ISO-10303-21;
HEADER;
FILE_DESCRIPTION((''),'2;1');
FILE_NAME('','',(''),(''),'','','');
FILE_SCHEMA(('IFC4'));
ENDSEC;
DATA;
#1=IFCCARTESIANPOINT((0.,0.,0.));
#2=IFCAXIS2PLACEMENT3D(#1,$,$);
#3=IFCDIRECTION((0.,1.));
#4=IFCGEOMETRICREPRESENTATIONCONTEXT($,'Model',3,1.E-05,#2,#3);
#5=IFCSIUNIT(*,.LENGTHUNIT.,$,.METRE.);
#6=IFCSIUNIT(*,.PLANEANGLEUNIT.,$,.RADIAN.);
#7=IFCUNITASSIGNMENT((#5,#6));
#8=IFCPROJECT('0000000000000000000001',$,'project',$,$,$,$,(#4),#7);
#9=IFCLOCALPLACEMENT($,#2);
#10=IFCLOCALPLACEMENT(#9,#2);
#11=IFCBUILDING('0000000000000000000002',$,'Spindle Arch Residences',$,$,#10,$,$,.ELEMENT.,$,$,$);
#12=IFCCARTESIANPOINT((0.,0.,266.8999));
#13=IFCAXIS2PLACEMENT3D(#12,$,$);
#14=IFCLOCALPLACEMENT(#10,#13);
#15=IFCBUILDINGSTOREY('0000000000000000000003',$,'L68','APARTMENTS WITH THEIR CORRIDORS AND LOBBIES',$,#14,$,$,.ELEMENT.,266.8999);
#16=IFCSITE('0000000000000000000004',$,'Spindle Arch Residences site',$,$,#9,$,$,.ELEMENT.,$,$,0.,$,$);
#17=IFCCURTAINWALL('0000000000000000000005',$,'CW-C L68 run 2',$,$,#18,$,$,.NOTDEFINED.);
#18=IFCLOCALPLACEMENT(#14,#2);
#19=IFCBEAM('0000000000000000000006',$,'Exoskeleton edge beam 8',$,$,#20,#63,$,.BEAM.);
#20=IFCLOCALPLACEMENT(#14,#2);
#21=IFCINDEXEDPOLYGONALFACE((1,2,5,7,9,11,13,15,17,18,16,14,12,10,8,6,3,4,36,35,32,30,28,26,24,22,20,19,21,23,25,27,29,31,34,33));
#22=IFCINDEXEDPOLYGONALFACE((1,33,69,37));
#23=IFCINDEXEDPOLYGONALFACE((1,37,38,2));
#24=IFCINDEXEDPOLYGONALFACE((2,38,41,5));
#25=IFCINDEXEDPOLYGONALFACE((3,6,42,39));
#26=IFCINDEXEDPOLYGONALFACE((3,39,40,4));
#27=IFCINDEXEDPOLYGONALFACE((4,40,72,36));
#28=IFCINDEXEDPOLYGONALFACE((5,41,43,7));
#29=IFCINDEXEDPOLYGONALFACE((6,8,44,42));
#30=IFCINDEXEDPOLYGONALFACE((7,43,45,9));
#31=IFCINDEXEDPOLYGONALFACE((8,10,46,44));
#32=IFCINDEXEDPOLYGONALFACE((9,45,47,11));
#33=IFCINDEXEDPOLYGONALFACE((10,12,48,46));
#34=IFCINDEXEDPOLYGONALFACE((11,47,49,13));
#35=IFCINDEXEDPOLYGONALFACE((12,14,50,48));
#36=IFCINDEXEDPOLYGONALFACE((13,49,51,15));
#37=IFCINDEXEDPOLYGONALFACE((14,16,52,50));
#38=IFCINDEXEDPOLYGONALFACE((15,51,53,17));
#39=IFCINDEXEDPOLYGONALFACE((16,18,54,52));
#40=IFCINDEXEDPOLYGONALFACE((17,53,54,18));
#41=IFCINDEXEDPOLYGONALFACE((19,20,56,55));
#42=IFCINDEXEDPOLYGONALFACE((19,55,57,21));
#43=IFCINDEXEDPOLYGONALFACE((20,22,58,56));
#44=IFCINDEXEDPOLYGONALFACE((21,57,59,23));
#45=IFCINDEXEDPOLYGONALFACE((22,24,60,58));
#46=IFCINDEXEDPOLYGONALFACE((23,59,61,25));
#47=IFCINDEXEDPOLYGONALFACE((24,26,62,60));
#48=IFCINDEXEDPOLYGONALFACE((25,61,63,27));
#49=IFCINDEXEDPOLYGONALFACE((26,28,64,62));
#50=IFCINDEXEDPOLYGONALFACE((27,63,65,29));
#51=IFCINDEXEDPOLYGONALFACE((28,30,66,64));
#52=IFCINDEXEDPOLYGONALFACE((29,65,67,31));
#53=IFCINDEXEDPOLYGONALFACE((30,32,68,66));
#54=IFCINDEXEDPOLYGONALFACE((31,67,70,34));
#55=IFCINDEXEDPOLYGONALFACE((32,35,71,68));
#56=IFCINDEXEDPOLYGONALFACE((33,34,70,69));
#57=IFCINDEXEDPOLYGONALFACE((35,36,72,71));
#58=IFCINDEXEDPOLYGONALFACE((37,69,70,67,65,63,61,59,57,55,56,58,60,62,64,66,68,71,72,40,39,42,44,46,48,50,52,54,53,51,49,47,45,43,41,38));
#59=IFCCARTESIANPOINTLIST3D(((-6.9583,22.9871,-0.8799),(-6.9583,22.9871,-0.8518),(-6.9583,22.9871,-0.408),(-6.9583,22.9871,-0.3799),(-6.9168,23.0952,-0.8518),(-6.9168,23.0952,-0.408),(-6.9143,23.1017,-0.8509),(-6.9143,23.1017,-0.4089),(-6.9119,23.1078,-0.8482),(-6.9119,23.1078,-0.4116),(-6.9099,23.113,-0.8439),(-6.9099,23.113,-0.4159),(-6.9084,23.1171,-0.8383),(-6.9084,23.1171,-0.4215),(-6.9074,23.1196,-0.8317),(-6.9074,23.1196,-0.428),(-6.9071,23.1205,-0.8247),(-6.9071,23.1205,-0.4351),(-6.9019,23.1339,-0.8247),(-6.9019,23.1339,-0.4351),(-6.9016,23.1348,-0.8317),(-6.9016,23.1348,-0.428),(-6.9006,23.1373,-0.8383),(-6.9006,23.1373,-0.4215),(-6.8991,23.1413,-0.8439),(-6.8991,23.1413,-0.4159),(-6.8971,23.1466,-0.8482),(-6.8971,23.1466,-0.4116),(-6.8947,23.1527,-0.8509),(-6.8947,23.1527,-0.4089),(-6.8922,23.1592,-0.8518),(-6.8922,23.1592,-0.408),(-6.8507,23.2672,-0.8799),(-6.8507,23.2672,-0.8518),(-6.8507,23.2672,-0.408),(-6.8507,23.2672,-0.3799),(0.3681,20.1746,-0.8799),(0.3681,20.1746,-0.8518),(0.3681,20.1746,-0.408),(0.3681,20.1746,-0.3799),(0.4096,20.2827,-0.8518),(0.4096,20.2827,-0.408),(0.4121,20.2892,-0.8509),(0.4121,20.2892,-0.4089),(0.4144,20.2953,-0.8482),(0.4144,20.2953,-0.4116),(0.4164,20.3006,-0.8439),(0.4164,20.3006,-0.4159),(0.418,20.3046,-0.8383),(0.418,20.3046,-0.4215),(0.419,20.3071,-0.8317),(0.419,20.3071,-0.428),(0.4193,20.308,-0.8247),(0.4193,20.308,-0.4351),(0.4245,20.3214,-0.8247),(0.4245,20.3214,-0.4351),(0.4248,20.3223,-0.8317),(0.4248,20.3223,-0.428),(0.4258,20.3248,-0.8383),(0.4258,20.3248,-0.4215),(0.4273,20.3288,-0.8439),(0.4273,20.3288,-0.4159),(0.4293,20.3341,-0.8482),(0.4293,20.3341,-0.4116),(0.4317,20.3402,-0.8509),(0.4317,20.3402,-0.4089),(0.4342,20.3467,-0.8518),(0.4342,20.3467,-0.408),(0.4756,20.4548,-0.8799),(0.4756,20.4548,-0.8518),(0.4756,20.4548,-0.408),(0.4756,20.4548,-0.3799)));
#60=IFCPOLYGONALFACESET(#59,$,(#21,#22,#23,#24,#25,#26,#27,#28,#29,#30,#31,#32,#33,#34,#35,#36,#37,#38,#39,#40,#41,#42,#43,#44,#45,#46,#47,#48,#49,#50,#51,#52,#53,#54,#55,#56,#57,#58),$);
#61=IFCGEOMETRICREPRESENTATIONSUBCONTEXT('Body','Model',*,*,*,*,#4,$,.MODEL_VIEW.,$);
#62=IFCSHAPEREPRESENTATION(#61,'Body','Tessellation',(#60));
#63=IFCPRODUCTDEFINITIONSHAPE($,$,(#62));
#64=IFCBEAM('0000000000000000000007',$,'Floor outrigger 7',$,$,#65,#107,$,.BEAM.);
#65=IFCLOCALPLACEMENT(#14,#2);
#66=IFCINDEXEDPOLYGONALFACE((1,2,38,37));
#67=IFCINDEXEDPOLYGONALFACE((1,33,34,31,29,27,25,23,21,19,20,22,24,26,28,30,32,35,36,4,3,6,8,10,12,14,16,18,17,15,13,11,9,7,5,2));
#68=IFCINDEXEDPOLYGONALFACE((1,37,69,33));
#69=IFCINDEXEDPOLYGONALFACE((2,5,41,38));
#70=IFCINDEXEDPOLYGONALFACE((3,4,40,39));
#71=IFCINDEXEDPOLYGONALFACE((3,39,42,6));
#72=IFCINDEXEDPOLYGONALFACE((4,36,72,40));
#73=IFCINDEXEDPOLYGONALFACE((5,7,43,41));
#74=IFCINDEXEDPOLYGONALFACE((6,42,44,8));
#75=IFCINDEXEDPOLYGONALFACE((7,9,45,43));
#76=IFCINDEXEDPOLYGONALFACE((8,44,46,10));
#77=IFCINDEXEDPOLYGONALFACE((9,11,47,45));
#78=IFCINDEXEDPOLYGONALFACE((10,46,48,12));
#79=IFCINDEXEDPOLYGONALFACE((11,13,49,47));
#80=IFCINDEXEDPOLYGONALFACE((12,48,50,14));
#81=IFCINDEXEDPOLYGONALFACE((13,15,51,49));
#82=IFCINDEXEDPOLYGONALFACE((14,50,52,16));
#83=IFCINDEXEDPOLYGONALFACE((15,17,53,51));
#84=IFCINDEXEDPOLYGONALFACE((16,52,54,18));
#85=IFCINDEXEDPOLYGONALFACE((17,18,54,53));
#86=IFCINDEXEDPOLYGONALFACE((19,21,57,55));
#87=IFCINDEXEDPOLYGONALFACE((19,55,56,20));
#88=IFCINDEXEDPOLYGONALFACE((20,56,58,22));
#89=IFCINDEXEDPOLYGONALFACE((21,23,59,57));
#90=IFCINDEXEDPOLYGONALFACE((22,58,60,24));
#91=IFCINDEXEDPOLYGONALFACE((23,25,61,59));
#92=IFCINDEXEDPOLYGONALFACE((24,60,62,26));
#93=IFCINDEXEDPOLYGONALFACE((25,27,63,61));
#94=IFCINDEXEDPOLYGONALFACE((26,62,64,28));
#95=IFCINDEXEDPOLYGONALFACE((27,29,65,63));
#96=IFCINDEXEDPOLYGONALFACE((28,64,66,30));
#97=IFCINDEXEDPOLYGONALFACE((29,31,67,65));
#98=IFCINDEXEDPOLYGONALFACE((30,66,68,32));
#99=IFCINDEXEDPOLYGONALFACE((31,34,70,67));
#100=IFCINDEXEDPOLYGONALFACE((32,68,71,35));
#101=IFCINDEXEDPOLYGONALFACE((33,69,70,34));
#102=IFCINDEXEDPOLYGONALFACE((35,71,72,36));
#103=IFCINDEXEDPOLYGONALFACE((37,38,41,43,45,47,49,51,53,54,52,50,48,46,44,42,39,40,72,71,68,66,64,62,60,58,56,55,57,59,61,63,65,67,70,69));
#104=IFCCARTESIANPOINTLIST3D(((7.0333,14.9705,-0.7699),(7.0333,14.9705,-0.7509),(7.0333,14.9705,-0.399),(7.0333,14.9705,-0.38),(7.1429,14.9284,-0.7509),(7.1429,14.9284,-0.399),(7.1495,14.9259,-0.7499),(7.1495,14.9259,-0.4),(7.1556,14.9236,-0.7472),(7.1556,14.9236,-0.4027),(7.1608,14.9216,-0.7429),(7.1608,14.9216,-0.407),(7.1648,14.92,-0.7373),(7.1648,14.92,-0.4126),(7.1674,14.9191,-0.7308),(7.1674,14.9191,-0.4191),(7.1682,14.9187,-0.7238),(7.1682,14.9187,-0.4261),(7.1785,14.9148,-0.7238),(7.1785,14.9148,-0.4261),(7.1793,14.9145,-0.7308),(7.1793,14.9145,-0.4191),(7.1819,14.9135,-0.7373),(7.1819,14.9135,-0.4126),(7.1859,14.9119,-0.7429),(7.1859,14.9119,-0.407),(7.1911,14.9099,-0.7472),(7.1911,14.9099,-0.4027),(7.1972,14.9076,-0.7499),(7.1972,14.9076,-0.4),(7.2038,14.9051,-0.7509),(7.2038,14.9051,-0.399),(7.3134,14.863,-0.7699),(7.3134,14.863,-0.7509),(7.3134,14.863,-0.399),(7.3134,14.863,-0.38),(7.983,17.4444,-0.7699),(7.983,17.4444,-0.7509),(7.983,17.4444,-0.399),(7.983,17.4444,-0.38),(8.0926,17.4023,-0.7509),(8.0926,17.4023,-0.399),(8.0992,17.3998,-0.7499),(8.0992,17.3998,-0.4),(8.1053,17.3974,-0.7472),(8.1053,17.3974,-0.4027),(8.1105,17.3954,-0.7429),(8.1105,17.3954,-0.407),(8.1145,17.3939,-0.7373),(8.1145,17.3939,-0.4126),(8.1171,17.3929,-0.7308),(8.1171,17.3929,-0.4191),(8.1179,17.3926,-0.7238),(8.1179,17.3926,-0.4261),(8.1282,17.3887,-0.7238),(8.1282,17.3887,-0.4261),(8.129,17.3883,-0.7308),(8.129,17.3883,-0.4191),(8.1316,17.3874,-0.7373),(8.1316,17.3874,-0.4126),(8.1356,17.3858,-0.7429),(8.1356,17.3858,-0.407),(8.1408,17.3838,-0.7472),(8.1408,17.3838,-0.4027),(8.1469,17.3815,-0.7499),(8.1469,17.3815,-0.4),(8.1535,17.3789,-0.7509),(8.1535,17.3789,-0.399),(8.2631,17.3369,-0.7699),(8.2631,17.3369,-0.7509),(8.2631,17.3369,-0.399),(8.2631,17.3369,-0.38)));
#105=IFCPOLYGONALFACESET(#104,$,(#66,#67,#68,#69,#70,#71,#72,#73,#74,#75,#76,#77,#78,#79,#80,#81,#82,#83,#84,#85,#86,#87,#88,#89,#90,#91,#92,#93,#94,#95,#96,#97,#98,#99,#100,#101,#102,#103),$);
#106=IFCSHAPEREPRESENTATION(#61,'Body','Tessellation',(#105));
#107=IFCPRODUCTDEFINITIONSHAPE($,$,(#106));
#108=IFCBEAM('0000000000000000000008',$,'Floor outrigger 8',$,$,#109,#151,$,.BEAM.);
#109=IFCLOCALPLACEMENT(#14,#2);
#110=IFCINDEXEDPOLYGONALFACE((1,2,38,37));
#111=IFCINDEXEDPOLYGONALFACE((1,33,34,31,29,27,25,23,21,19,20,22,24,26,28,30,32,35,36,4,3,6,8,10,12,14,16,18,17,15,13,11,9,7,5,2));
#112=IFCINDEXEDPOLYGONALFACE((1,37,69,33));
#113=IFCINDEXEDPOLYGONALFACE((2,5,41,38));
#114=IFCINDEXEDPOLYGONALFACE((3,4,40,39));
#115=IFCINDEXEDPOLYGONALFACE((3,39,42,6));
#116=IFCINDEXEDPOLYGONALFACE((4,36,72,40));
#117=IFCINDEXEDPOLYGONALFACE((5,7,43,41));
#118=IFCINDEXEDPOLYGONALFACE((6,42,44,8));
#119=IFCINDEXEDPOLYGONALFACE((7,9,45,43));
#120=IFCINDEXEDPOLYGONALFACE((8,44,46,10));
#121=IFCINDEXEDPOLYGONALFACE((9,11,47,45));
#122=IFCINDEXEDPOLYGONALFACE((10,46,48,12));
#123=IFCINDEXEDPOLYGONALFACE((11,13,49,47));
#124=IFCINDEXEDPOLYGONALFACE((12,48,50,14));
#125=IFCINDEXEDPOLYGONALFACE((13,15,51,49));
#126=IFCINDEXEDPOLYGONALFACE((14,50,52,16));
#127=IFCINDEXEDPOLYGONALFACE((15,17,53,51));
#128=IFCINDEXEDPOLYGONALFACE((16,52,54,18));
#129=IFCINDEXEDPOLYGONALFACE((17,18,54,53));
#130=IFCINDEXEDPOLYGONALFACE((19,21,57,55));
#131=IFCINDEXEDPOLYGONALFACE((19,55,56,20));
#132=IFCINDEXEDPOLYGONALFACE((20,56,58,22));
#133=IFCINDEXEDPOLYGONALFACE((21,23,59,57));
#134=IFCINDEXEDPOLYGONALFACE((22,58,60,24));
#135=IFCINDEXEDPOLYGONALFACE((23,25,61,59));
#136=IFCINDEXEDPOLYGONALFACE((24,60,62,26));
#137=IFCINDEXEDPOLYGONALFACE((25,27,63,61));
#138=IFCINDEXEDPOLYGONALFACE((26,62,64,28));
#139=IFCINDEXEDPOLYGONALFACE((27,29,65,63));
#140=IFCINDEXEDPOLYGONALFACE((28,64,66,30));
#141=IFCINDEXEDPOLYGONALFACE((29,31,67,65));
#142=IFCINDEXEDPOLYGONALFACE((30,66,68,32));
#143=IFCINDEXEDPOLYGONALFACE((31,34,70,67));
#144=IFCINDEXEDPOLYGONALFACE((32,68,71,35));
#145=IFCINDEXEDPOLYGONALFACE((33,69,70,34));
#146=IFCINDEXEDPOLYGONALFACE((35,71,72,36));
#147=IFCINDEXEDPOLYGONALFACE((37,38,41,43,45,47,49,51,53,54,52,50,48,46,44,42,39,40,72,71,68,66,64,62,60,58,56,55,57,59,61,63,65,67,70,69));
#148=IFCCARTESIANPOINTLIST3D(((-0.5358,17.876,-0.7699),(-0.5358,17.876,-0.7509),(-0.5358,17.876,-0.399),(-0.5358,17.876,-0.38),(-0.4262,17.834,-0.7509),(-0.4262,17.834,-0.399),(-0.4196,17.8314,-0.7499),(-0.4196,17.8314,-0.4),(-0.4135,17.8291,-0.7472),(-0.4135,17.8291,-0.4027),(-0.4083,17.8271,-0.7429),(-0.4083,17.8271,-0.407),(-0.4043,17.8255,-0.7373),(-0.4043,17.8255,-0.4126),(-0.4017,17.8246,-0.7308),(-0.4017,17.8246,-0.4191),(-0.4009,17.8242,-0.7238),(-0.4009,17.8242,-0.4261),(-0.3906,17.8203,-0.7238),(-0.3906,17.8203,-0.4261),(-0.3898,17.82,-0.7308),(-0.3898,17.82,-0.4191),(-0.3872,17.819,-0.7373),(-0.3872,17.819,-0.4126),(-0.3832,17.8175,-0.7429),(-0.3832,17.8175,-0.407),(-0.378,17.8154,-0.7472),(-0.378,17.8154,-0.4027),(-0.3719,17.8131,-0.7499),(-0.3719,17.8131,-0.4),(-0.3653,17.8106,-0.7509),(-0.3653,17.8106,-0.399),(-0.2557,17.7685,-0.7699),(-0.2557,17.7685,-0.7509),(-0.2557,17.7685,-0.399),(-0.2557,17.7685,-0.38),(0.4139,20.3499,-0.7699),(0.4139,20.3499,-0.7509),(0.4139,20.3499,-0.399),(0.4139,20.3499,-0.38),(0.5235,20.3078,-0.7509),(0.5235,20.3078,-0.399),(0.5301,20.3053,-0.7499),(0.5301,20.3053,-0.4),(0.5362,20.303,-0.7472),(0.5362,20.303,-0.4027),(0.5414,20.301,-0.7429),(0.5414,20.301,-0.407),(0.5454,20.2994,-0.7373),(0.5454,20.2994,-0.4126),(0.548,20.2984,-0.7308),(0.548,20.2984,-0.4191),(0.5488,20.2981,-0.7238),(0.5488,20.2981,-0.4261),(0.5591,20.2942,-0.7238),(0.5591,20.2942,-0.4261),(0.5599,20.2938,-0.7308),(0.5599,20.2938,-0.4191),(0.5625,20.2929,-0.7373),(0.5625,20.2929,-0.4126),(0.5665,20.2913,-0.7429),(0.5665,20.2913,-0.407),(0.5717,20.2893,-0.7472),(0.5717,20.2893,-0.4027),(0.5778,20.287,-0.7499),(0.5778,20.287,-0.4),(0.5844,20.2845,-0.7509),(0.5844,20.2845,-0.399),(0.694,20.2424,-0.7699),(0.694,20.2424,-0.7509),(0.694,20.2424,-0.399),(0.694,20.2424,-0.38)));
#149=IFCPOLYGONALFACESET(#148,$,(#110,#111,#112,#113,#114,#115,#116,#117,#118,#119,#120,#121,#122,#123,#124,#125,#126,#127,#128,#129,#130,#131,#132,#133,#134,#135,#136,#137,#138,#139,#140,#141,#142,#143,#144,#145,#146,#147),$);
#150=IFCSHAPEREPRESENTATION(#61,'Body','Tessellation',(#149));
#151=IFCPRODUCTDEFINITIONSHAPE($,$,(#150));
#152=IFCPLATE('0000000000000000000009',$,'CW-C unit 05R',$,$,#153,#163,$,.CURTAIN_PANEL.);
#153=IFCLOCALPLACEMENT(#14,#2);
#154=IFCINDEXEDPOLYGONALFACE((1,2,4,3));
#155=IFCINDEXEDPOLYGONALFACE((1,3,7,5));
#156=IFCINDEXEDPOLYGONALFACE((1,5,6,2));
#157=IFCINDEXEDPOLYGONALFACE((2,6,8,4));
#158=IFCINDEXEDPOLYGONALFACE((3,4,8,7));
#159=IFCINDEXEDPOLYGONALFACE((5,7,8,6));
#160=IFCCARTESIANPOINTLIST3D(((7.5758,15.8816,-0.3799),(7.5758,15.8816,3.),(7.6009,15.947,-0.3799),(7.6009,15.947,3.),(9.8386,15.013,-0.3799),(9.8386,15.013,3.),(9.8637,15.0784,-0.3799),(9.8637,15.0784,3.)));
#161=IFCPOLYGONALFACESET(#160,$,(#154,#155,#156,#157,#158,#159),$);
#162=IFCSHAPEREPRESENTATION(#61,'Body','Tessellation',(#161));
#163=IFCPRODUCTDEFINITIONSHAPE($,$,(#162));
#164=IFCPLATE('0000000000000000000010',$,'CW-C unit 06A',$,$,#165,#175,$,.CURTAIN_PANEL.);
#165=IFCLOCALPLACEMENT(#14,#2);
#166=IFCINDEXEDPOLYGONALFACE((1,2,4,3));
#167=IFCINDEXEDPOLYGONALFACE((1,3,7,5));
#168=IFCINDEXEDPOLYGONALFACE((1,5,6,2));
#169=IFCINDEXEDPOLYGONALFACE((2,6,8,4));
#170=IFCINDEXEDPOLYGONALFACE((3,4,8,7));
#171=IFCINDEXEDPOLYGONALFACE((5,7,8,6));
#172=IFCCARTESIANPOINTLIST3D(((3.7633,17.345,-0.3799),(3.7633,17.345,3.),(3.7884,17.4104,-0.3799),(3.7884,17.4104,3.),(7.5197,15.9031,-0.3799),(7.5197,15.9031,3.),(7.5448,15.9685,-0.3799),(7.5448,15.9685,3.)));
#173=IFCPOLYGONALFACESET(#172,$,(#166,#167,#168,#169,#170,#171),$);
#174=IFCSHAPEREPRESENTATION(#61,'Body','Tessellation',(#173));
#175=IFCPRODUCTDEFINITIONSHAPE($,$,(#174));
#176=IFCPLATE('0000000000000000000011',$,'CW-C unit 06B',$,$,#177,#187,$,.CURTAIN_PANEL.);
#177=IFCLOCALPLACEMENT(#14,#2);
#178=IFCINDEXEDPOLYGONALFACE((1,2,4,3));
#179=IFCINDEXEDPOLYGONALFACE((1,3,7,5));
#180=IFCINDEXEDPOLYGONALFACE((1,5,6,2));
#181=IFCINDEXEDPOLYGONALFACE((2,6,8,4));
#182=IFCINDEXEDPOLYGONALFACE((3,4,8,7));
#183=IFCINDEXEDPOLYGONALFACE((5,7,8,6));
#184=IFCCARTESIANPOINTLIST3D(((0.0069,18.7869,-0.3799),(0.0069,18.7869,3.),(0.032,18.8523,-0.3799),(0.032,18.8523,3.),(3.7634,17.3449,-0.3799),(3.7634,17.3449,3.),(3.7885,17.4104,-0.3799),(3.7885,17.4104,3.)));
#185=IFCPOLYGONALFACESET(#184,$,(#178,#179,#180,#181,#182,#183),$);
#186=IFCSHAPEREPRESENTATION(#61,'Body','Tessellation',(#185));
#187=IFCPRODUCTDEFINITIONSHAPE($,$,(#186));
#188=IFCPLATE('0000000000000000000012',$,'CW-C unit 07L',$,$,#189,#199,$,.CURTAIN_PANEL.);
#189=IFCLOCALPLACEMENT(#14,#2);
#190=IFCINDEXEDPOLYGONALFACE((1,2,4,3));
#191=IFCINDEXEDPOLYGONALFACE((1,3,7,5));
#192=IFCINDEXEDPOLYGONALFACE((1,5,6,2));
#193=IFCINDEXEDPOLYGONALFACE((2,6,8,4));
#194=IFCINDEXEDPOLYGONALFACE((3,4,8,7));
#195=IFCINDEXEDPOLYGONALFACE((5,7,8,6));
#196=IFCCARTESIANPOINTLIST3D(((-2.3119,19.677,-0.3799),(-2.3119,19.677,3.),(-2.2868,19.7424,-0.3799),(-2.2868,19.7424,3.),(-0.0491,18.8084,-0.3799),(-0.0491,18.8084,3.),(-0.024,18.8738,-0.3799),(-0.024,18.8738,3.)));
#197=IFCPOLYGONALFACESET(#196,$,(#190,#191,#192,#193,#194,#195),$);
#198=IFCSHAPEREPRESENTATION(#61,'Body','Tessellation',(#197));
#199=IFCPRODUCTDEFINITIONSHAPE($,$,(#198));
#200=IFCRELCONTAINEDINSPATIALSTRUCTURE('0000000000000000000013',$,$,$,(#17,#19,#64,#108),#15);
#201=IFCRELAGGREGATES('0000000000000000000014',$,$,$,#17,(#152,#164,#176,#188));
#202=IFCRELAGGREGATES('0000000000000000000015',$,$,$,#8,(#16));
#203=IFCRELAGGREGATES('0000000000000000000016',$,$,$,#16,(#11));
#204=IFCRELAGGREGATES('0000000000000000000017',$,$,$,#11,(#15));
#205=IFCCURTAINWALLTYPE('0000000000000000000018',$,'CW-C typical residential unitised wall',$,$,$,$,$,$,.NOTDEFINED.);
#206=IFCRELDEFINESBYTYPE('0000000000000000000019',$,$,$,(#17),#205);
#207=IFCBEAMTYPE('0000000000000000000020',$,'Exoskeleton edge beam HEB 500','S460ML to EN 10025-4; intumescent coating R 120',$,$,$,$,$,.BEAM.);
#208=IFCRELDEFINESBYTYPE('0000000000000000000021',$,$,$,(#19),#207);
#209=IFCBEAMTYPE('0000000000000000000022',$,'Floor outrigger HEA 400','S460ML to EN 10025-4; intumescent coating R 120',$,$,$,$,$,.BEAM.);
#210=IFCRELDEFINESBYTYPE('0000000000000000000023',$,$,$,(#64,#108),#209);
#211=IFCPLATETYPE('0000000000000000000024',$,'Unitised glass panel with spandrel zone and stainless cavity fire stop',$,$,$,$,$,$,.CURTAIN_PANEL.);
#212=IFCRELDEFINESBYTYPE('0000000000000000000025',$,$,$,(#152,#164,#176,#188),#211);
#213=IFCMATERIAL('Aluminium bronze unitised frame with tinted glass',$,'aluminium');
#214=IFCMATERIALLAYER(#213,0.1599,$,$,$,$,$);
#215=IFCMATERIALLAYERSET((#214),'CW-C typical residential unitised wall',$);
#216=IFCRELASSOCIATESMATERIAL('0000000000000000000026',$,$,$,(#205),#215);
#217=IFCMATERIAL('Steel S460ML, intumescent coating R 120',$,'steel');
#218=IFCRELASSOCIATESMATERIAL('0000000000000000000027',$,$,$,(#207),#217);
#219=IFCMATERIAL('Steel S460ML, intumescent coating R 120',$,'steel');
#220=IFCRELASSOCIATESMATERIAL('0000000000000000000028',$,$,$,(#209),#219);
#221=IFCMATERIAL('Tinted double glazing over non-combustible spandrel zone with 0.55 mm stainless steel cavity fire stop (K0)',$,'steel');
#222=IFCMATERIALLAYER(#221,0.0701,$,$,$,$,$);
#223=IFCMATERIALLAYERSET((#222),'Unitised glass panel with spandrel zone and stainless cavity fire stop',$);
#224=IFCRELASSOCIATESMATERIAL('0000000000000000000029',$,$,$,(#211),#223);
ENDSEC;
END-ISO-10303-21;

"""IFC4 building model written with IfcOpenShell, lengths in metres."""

from ifc_helpers import new_model, si_unit, direction, frame, origin, origin_2d, place, context, subcontext, project, spatial, rectangle, i_section, extrude, material, layer, layer_set, material_profile, profile_set, type_object, element, aggregate, save


model = new_model("IFC4")

# Units and contexts
model_context = context("Model", 3, precision=1e-05, world=origin(), true_north=direction((0.0, 1.0)))
body_context = subcontext(model_context, "Body", "Model", "MODEL_VIEW")
ifc_project = project(units=[si_unit("LENGTHUNIT", "METRE"), si_unit("PLANEANGLEUNIT", "RADIAN")], contexts=[model_context])

# Site, building, storey
site_placement = place(None, origin())
site = spatial("IfcSite", under=ifc_project, at=site_placement, Name="Spindle Arch Residences site", CompositionType="ELEMENT", RefElevation=0.0)
building_placement = place(site_placement, origin())
building = spatial("IfcBuilding", under=site, at=building_placement, Name="Spindle Arch Residences", CompositionType="ELEMENT")
storey_placement = place(building_placement, frame((0.0, 0.0, 266.8999)))
storey = spatial("IfcBuildingStorey", under=building, at=storey_placement, Name="L68", Description="APARTMENTS WITH THEIR CORRIDORS AND LOBBIES", CompositionType="ELEMENT", Elevation=266.8999)

# Curtain wall
ifc_material_1 = material(Name="Aluminium bronze unitised frame with tinted glass", Category="aluminium")
ifc_layer_1 = layer(ifc_material_1, 0.1599)
ifc_layer_set_1 = layer_set([ifc_layer_1], Name="CW-C typical residential unitised wall")
curtain_wall_type = type_object("IfcCurtainWallType", Name="CW-C typical residential unitised wall", PredefinedType="NOTDEFINED", material=ifc_layer_set_1)
curtain_wall_placement = place(storey_placement, origin())
curtain_wall = element("IfcCurtainWall", 1, at=curtain_wall_placement, inside=storey, type_object=curtain_wall_type, Name="CW-C L68 run 2", PredefinedType="NOTDEFINED")

# Beams
ifc_material_2 = material(Name="Steel S460ML, intumescent coating R 120", Category="steel")
ifc_material_profile_1 = material_profile(ifc_material_2, i_section(OverallWidth=0.3, OverallDepth=0.5, WebThickness=0.0144, FlangeThickness=0.0281, FilletRadius=0.0271, at=origin_2d()), Name="HEB 500")
ifc_profile_set_1 = profile_set([ifc_material_profile_1], Name="Steel S460ML, intumescent coating R 120")
beam_type_1 = type_object("IfcBeamType", Name="Exoskeleton edge beam HEB 500", Description="S460ML to EN 10025-4; intumescent coating R 120", PredefinedType="BEAM", material=ifc_profile_set_1)
for number, where, z_axis, x_axis, name in (
    (2, (0.4219, 20.3147, -0.6299), (-0.933574, 0.358385, 0.0), (-0.358385, -0.933574, 0.0), "Exoskeleton edge beam 8"),
):
    element("IfcBeam", number, at=place(storey_placement, frame(where, z_axis=z_axis, x_axis=x_axis)), inside=storey, type_object=beam_type_1, Name=name, PredefinedType="BEAM", context=body_context, shape_type="SweptSolid", body=[
        extrude(i_section(OverallWidth=0.3, OverallDepth=0.5, WebThickness=0.0144, FlangeThickness=0.0281, FilletRadius=0.0271, at=origin_2d()), origin(), (0.0, 0.0, 1.0), 7.8477),
    ])
ifc_material_3 = material(Name="Steel S460ML, intumescent coating R 120", Category="steel")
ifc_material_profile_2 = material_profile(ifc_material_3, i_section(OverallWidth=0.3, OverallDepth=0.3899, WebThickness=0.011, FlangeThickness=0.019, FilletRadius=0.0271, at=origin_2d()), Name="HEA 400")
ifc_profile_set_2 = profile_set([ifc_material_profile_2], Name="Steel S460ML, intumescent coating R 120")
beam_type_2 = type_object("IfcBeamType", Name="Floor outrigger HEA 400", Description="S460ML to EN 10025-4; intumescent coating R 120", PredefinedType="BEAM", material=ifc_profile_set_2)
for number, where, z_axis, x_axis, name in (
    (3, (8.123, 17.3906, -0.575), (-0.358392, -0.933571, 0.0), (0.933571, -0.358392, 0.0), "Floor outrigger 7"),
    (4, (0.554, 20.2961, -0.575), (-0.358392, -0.933571, 0.0), (0.933571, -0.358392, 0.0), "Floor outrigger 8"),
):
    element("IfcBeam", number, at=place(storey_placement, frame(where, z_axis=z_axis, x_axis=x_axis)), inside=storey, type_object=beam_type_2, Name=name, PredefinedType="BEAM", context=body_context, shape_type="SweptSolid", body=[
        extrude(i_section(OverallWidth=0.3, OverallDepth=0.3899, WebThickness=0.011, FlangeThickness=0.019, FilletRadius=0.0271, at=origin_2d()), origin(), (0.0, 0.0, 1.0), 2.6499),
    ])

# Plates
ifc_material_4 = material(Name="Tinted double glazing over non-combustible spandrel zone with 0.55 mm stainless steel cavity fire stop (K0)", Category="steel")
ifc_layer_2 = layer(ifc_material_4, 0.0701)
ifc_layer_set_2 = layer_set([ifc_layer_2], Name="Unitised glass panel with spandrel zone and stainless cavity fire stop")
plate_type = type_object("IfcPlateType", Name="Unitised glass panel with spandrel zone and stainless cavity fire stop", PredefinedType="CURTAIN_PANEL", material=ifc_layer_set_2)
plate_1_placement = place(storey_placement, frame((8.7197, 15.48, -0.3799), z_axis=(0.0, 0.0, 1.0), x_axis=(-0.93358, 0.358368, 0.0)))
plate_1 = element("IfcPlate", 5, at=plate_1_placement, type_object=plate_type, Name="CW-C unit 05R", PredefinedType="CURTAIN_PANEL", context=body_context, shape_type="SweptSolid", body=[
    extrude(rectangle(XDim=2.4238, YDim=0.0701, at=origin_2d()), origin(), (0.0, 0.0, 1.0), 3.3799),
])
plate_2_placement = place(storey_placement, frame((5.6541, 16.6567, -0.3799), z_axis=(0.0, 0.0, 1.0), x_axis=(-0.93358, 0.358368, 0.0)))
plate_2 = element("IfcPlate", 6, at=plate_2_placement, type_object=plate_type, Name="CW-C unit 06A", PredefinedType="CURTAIN_PANEL", context=body_context, shape_type="SweptSolid", body=[
    extrude(rectangle(XDim=4.0237, YDim=0.0701, at=origin_2d()), origin(), (0.0, 0.0, 1.0), 3.3799),
])
plate_3_placement = place(storey_placement, frame((1.8977, 18.0986, -0.3799), z_axis=(0.0, 0.0, 1.0), x_axis=(-0.93358, 0.358368, 0.0)))
plate_3 = element("IfcPlate", 7, at=plate_3_placement, type_object=plate_type, Name="CW-C unit 06B", PredefinedType="CURTAIN_PANEL", context=body_context, shape_type="SweptSolid", body=[
    extrude(rectangle(XDim=4.0237, YDim=0.0701, at=origin_2d()), origin(), (0.0, 0.0, 1.0), 3.3799),
])
plate_4_placement = place(storey_placement, frame((-1.168, 19.2754, -0.3799), z_axis=(0.0, 0.0, 1.0), x_axis=(-0.93358, 0.358368, 0.0)))
plate_4 = element("IfcPlate", 8, at=plate_4_placement, type_object=plate_type, Name="CW-C unit 07L", PredefinedType="CURTAIN_PANEL", context=body_context, shape_type="SweptSolid", body=[
    extrude(rectangle(XDim=2.4238, YDim=0.0701, at=origin_2d()), origin(), (0.0, 0.0, 1.0), 3.3799),
])
aggregate(curtain_wall, [plate_1, plate_2, plate_3, plate_4])

save(model, "model.ifc")
